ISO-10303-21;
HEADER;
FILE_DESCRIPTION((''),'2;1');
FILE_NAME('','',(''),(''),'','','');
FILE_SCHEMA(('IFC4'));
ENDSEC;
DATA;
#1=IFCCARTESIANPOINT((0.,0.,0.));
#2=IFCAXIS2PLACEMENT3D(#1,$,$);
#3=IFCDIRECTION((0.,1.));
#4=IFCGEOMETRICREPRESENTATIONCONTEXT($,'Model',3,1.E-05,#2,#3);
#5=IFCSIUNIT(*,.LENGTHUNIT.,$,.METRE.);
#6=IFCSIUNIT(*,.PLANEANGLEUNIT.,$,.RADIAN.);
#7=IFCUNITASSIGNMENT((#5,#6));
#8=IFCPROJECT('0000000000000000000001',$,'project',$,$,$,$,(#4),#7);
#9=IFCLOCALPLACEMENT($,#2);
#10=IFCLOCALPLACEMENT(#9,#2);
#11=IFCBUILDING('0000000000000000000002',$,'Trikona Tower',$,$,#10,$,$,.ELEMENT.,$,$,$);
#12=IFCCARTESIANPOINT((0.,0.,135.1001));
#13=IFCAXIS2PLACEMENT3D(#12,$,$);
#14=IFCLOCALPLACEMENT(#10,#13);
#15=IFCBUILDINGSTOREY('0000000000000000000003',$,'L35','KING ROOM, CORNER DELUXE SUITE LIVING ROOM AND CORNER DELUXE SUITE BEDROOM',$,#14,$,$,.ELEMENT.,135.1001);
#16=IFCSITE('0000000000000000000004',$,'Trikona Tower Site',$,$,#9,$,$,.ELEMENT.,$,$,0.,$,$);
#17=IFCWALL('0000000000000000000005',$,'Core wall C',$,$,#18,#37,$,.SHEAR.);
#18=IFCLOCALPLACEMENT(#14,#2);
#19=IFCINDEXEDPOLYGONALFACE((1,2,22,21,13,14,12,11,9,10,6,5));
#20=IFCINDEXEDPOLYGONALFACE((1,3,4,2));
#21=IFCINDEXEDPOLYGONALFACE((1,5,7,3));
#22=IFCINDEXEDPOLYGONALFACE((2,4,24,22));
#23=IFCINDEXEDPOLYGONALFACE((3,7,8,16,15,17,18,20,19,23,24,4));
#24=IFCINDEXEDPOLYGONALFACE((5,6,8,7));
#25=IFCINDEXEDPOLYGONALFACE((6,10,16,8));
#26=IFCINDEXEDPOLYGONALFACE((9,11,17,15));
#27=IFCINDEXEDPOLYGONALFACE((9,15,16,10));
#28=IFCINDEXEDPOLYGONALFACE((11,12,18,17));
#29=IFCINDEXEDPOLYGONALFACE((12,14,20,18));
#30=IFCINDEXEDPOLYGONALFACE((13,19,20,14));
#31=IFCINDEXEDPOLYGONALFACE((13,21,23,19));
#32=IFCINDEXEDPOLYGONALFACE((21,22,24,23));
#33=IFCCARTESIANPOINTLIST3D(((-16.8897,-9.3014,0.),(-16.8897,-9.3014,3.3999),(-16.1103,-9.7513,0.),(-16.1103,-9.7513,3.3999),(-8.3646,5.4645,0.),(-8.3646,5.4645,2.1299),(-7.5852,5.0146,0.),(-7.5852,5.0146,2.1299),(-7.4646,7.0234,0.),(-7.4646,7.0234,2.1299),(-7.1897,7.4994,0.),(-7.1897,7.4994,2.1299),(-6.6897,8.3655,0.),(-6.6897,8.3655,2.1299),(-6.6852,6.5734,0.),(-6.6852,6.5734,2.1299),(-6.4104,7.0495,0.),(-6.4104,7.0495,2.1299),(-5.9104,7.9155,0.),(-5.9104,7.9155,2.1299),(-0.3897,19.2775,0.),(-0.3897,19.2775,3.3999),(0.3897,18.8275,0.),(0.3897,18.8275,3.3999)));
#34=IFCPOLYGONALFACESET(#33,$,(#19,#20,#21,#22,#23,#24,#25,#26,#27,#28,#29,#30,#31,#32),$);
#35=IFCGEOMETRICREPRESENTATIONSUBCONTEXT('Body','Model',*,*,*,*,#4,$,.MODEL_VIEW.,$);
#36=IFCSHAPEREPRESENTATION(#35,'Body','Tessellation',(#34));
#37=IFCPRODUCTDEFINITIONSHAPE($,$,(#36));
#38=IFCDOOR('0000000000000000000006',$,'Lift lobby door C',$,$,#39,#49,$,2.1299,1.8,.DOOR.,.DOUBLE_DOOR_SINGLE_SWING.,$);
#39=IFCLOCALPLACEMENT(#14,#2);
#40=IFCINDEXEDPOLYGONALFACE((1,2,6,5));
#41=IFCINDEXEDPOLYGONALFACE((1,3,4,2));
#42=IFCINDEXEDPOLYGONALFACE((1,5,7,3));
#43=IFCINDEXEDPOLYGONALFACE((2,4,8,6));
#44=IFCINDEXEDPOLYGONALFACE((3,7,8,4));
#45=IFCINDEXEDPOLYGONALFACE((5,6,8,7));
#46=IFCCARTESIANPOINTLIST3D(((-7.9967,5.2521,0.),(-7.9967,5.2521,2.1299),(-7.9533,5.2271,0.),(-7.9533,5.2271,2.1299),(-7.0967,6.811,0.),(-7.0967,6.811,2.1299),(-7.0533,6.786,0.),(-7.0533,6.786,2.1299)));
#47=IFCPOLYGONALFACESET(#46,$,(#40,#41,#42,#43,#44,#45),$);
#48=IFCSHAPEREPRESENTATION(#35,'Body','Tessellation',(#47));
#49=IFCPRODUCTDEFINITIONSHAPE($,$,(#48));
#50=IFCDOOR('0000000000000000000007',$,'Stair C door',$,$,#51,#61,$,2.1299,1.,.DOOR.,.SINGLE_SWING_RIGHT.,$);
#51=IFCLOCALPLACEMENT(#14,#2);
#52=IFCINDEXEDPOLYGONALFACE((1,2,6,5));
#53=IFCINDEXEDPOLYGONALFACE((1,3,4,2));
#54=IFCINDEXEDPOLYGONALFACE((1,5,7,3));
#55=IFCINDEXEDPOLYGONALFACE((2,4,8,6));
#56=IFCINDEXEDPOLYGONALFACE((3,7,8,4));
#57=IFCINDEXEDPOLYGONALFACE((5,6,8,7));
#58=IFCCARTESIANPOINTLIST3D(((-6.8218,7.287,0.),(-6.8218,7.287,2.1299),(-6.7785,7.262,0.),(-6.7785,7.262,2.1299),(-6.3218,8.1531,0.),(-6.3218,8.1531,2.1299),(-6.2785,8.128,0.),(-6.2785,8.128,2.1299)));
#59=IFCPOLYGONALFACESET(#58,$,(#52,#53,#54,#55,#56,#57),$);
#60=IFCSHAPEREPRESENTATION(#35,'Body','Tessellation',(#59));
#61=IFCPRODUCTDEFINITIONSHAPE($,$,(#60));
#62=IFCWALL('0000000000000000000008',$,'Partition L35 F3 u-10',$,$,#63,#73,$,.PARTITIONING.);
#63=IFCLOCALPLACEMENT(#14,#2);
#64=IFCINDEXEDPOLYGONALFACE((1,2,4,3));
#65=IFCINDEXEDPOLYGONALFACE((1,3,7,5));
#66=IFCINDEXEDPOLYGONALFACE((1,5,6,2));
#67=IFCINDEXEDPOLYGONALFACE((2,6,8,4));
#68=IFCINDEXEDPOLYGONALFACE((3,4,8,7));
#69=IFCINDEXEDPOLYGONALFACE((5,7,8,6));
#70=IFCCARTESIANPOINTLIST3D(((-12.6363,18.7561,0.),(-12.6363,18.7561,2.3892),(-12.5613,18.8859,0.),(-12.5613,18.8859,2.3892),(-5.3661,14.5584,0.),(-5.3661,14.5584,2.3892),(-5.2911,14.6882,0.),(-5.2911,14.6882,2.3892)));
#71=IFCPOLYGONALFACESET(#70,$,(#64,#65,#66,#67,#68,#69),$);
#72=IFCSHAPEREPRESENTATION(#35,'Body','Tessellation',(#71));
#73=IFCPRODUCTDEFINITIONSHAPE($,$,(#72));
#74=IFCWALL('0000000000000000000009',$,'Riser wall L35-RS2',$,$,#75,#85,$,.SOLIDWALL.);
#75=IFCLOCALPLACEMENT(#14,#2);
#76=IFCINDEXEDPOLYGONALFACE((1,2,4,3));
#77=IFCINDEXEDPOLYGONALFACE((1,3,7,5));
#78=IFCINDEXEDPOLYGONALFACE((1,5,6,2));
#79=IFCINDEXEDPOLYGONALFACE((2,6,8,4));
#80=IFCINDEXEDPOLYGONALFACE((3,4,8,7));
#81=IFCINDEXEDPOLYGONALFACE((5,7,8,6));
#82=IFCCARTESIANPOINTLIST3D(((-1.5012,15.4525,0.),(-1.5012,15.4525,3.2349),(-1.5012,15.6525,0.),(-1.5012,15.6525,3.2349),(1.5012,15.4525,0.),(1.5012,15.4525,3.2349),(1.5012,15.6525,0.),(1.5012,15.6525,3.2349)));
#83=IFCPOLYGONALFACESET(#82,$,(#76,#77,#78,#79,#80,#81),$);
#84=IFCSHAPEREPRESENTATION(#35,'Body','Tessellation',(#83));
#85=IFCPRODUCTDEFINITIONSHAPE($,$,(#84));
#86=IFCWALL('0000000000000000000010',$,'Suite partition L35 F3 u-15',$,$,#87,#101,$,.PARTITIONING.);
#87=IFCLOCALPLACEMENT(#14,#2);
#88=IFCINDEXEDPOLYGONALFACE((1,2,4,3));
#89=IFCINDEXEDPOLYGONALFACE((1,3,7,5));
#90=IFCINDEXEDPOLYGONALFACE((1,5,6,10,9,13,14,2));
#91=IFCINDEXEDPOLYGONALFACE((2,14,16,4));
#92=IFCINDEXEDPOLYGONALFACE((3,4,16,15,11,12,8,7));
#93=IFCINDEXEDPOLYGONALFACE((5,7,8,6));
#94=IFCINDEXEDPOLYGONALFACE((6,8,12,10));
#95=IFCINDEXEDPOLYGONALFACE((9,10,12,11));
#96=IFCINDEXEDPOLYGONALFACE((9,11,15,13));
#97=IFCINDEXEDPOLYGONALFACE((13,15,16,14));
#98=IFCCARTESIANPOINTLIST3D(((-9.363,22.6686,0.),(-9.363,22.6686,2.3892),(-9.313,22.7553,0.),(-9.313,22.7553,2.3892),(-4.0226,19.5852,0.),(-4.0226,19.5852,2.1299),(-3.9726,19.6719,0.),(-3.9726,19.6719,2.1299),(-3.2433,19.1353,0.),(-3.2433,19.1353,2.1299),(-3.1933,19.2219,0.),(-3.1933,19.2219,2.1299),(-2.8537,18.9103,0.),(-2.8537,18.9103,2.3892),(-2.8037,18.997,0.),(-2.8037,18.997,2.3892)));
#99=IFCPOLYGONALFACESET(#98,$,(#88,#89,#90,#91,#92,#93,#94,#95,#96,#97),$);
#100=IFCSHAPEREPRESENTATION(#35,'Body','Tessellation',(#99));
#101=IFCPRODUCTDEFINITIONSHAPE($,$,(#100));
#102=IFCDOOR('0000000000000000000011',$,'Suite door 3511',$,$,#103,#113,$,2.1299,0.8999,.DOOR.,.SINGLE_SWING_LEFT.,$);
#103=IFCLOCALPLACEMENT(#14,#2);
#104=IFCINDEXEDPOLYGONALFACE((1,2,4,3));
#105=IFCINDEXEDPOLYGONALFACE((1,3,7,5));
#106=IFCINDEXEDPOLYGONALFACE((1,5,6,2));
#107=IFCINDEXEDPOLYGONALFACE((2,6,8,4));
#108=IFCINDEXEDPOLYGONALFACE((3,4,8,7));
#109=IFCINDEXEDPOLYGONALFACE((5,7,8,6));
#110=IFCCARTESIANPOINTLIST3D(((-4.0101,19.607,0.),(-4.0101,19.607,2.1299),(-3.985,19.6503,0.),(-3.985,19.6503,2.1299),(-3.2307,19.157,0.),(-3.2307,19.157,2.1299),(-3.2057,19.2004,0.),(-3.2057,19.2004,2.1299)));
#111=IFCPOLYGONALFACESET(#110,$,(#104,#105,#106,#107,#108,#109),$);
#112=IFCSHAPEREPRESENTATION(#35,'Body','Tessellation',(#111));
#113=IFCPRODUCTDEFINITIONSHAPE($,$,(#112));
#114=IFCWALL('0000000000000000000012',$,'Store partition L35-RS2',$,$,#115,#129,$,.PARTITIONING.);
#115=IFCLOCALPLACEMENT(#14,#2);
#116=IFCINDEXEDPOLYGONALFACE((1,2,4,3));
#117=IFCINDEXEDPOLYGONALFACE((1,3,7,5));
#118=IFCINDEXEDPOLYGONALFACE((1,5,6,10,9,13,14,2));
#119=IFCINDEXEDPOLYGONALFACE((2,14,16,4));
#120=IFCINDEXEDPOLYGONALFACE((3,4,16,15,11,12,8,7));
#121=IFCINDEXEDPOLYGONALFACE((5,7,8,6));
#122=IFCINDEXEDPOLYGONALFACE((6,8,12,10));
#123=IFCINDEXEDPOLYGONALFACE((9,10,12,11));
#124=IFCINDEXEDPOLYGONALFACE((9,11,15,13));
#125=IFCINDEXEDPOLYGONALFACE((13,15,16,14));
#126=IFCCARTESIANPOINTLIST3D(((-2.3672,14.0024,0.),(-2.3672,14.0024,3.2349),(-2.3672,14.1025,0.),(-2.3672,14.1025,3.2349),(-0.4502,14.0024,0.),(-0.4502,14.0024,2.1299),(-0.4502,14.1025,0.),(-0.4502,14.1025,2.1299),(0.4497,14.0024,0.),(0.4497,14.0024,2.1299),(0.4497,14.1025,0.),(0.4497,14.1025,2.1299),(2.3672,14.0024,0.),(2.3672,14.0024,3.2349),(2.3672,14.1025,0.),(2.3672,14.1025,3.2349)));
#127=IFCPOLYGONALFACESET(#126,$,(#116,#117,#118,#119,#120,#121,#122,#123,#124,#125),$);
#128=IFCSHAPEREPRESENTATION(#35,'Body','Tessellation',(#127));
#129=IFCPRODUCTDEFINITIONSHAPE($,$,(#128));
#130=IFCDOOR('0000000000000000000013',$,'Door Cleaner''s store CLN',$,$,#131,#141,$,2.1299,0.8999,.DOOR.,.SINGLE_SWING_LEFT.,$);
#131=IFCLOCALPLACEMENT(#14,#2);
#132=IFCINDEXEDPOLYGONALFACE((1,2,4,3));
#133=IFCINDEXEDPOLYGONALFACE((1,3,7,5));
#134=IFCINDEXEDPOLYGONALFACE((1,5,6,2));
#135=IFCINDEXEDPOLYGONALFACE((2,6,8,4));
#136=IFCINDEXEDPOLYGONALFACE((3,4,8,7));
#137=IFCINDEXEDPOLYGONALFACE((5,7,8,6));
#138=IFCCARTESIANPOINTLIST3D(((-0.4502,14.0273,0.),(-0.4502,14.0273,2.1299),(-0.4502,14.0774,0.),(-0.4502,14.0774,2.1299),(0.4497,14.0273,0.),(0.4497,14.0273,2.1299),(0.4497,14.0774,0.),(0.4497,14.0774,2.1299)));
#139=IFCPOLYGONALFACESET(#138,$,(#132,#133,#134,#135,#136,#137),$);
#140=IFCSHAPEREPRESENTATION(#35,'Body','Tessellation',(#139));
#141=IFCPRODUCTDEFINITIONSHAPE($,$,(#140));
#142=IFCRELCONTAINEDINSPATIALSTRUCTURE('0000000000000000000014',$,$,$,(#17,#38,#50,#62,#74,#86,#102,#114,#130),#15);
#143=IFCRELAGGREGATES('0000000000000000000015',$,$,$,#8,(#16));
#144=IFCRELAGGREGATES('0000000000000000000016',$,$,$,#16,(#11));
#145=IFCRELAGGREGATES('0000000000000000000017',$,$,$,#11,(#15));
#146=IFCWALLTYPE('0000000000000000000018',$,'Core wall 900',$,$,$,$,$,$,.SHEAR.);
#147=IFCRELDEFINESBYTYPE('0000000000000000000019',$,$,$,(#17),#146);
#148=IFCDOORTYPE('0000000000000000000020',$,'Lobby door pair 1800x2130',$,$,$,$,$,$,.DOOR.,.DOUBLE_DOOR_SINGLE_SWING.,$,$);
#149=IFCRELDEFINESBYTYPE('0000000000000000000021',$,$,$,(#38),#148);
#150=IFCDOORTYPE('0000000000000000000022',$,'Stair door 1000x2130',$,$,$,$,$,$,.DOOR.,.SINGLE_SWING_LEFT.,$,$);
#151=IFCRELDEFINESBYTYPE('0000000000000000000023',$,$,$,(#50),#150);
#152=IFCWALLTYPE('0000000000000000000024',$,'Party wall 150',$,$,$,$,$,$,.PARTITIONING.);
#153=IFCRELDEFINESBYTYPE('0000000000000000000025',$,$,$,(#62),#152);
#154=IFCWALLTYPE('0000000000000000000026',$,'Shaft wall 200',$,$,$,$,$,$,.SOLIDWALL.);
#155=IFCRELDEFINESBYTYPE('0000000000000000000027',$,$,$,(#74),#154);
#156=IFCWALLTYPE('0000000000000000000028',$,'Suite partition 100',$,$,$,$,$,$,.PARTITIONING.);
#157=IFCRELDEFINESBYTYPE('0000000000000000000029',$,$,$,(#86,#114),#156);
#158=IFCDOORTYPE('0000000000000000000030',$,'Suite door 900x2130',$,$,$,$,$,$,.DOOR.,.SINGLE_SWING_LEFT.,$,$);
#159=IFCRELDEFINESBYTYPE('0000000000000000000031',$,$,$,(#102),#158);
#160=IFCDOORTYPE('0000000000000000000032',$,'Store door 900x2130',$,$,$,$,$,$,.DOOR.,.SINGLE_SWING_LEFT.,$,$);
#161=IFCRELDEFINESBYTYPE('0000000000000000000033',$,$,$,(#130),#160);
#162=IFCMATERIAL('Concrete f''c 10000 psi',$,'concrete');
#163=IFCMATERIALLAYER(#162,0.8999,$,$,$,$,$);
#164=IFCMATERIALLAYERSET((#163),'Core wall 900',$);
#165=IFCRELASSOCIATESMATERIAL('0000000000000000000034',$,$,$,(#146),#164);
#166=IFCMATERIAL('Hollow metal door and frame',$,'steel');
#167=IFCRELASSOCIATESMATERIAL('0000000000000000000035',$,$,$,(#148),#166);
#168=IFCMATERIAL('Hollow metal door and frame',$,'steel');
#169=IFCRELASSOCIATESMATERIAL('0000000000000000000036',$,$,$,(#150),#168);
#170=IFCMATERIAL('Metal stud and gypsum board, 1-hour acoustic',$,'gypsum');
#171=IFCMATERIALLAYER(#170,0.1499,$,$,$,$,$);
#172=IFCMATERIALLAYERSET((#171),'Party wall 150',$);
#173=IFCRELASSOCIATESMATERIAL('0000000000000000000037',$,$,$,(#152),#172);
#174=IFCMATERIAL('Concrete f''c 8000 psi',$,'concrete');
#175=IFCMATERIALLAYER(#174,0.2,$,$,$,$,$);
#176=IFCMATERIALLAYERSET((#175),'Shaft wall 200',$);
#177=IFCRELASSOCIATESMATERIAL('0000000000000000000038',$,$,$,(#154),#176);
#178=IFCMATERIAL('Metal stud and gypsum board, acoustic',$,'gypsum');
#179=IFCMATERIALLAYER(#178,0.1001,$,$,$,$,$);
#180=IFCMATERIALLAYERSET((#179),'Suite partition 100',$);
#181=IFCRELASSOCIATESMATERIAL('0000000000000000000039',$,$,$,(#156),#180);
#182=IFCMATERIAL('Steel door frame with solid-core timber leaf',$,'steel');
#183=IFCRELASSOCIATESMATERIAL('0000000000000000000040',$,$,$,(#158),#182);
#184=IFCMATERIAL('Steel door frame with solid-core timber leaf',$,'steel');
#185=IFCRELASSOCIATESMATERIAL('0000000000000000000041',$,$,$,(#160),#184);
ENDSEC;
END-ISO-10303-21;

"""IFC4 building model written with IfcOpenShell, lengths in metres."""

from ifc_helpers import new_model, si_unit, direction, frame, frame_2d, origin, place, context, subcontext, project, spatial, rectangle, extrude, material, layer, layer_set, type_object, element, fill, save


model = new_model("IFC4")

# Units and contexts
model_context = context("Model", 3, precision=1e-05, world=origin(), true_north=direction((0.0, 1.0)))
body_context = subcontext(model_context, "Body", "Model", "MODEL_VIEW")
ifc_project = project(units=[si_unit("LENGTHUNIT", "METRE"), si_unit("PLANEANGLEUNIT", "RADIAN")], contexts=[model_context])

# Site, building, storey
site_placement = place(None, origin())
site = spatial("IfcSite", under=ifc_project, at=site_placement, Name="Trikona Tower Site", CompositionType="ELEMENT", RefElevation=0.0)
building_placement = place(site_placement, origin())
building = spatial("IfcBuilding", under=site, at=building_placement, Name="Trikona Tower", CompositionType="ELEMENT")
storey_placement = place(building_placement, frame((0.0, 0.0, 135.1001)))
storey = spatial("IfcBuildingStorey", under=building, at=storey_placement, Name="L35", Description="KING ROOM, CORNER DELUXE SUITE LIVING ROOM AND CORNER DELUXE SUITE BEDROOM", CompositionType="ELEMENT", Elevation=135.1001)

# Wall, openings, doors
ifc_material_1 = material(Name="Concrete f'c 10000 psi", Category="concrete")
ifc_layer_1 = layer(ifc_material_1, 0.8999)
ifc_layer_set_1 = layer_set([ifc_layer_1], Name="Core wall 900")
wall_type_1 = type_object("IfcWallType", Name="Core wall 900", PredefinedType="SHEAR", material=ifc_layer_set_1)
wall_1_placement = place(storey_placement, frame((0.0, 19.0525, 0.0), z_axis=(0.0, 0.0, 1.0), x_axis=(-0.5, -0.866026, 0.0)))
wall_1 = element("IfcWall", 1, at=wall_1_placement, inside=storey, type_object=wall_type_1, Name="Core wall C", PredefinedType="SHEAR", context=body_context, shape_type="SweptSolid", body=[
    extrude(rectangle(XDim=33.0, YDim=0.8999, at=frame_2d((16.5, 0.0))), origin(), (0.0, 0.0, 1.0), 3.3999),
])
opening_1_placement = place(wall_1_placement, frame((14.1499, 0.0, 0.0)))
opening_1 = element("IfcOpeningElement", 2, at=opening_1_placement, cuts=wall_1, PredefinedType="OPENING", context=body_context, shape_type="SweptSolid", body=[
    extrude(rectangle(XDim=1.8, YDim=2.1299, at=frame_2d((0.8999, 1.0649))), frame((0.0, 0.46, 0.0), z_axis=(0.0, -1.0, 0.0), x_axis=(1.0, 0.0, 0.0)), (0.0, 0.0, 1.0), 0.9199),
])
opening_2_placement = place(wall_1_placement, frame((12.6001, 0.0, 0.0)))
opening_2 = element("IfcOpeningElement", 3, at=opening_2_placement, cuts=wall_1, PredefinedType="OPENING", context=body_context, shape_type="SweptSolid", body=[
    extrude(rectangle(XDim=1.0, YDim=2.1299, at=frame_2d((0.5, 1.0649))), frame((0.0, 0.46, 0.0), z_axis=(0.0, -1.0, 0.0), x_axis=(1.0, 0.0, 0.0)), (0.0, 0.0, 1.0), 0.9199),
])
ifc_material_2 = material(Name="Hollow metal door and frame", Category="steel")
door_type_1 = type_object("IfcDoorType", Name="Lobby door pair 1800x2130", OperationType="DOUBLE_DOOR_SINGLE_SWING", PredefinedType="DOOR", material=ifc_material_2)
door_1_placement = place(opening_1_placement, origin())
door_1 = element("IfcDoor", 4, at=door_1_placement, inside=storey, type_object=door_type_1, Name="Lift lobby door C", OperationType="DOUBLE_DOOR_SINGLE_SWING", OverallHeight=2.1299, OverallWidth=1.8, PredefinedType="DOOR", context=body_context, shape_type="SweptSolid", body=[
    extrude(rectangle(XDim=1.8, YDim=2.1299, at=frame_2d((0.8999, 1.0649))), frame((0.0, 0.0249, 0.0), z_axis=(0.0, -1.0, 0.0), x_axis=(1.0, 0.0, 0.0)), (0.0, 0.0, 1.0), 0.05),
])
fill(opening_1, door_1)
ifc_material_3 = material(Name="Hollow metal door and frame", Category="steel")
door_type_2 = type_object("IfcDoorType", Name="Stair door 1000x2130", OperationType="SINGLE_SWING_LEFT", PredefinedType="DOOR", material=ifc_material_3)
door_2_placement = place(opening_2_placement, origin())
door_2 = element("IfcDoor", 5, at=door_2_placement, inside=storey, type_object=door_type_2, Name="Stair C door", OperationType="SINGLE_SWING_RIGHT", OverallHeight=2.1299, OverallWidth=1.0, PredefinedType="DOOR", context=body_context, shape_type="SweptSolid", body=[
    extrude(rectangle(XDim=1.0, YDim=2.1299, at=frame_2d((0.5, 1.0649))), frame((0.0, 0.0249, 0.0), z_axis=(0.0, -1.0, 0.0), x_axis=(1.0, 0.0, 0.0)), (0.0, 0.0, 1.0), 0.05),
])
fill(opening_2, door_2)

# Walls
ifc_material_4 = material(Name="Metal stud and gypsum board, 1-hour acoustic", Category="gypsum")
ifc_layer_2 = layer(ifc_material_4, 0.1499)
ifc_layer_set_2 = layer_set([ifc_layer_2], Name="Party wall 150")
wall_type_2 = type_object("IfcWallType", Name="Party wall 150", PredefinedType="PARTITIONING", material=ifc_layer_set_2)
wall_2_placement = place(storey_placement, frame((-5.3286, 14.6233, 0.0), z_axis=(0.0, 0.0, 1.0), x_axis=(-0.866012, 0.500024, 0.0)))
element("IfcWall", 6, at=wall_2_placement, inside=storey, type_object=wall_type_2, Name="Partition L35 F3 u-10", PredefinedType="PARTITIONING", context=body_context, shape_type="SweptSolid", body=[
    extrude(rectangle(XDim=8.395, YDim=0.1499, at=frame_2d((4.1975, 0.0))), origin(), (0.0, 0.0, 1.0), 2.3892),
])
ifc_material_5 = material(Name="Concrete f'c 8000 psi", Category="concrete")
ifc_layer_3 = layer(ifc_material_5, 0.2)
ifc_layer_set_3 = layer_set([ifc_layer_3], Name="Shaft wall 200")
wall_type_3 = type_object("IfcWallType", Name="Shaft wall 200", PredefinedType="SOLIDWALL", material=ifc_layer_set_3)
wall_3_placement = place(storey_placement, frame((-1.5012, 15.5525, 0.0), z_axis=(0.0, 0.0, 1.0), x_axis=(1.0, 0.0, 0.0)))
element("IfcWall", 7, at=wall_3_placement, inside=storey, type_object=wall_type_3, Name="Riser wall L35-RS2", PredefinedType="SOLIDWALL", context=body_context, shape_type="SweptSolid", body=[
    extrude(rectangle(XDim=3.0024, YDim=0.2, at=frame_2d((1.5012, 0.0))), origin(), (0.0, 0.0, 1.0), 3.2349),
])

# Walls, openings, doors
ifc_material_6 = material(Name="Metal stud and gypsum board, acoustic", Category="gypsum")
ifc_layer_4 = layer(ifc_material_6, 0.1001)
ifc_layer_set_4 = layer_set([ifc_layer_4], Name="Suite partition 100")
wall_type_4 = type_object("IfcWallType", Name="Suite partition 100", PredefinedType="PARTITIONING", material=ifc_layer_set_4)
wall_4_placement = place(storey_placement, frame((-2.8286, 18.9536, 0.0), z_axis=(0.0, 0.0, 1.0), x_axis=(-0.866016, 0.500017, 0.0)))
wall_4 = element("IfcWall", 8, at=wall_4_placement, inside=storey, type_object=wall_type_4, Name="Suite partition L35 F3 u-15", PredefinedType="PARTITIONING", context=body_context, shape_type="SweptSolid", body=[
    extrude(rectangle(XDim=7.5164, YDim=0.1001, at=frame_2d((3.7583, 0.0))), origin(), (0.0, 0.0, 1.0), 2.3892),
])
opening_3_placement = place(wall_4_placement, frame((0.45, 0.0, 0.0)))
opening_3 = element("IfcOpeningElement", 9, at=opening_3_placement, cuts=wall_4, PredefinedType="OPENING", context=body_context, shape_type="SweptSolid", body=[
    extrude(rectangle(XDim=0.8999, YDim=2.1299, at=frame_2d((0.45, 1.0649))), frame((0.0, 0.0601, 0.0), z_axis=(0.0, -1.0, 0.0), x_axis=(1.0, 0.0, 0.0)), (0.0, 0.0, 1.0), 0.1201),
])
ifc_material_7 = material(Name="Steel door frame with solid-core timber leaf", Category="steel")
door_type_3 = type_object("IfcDoorType", Name="Suite door 900x2130", OperationType="SINGLE_SWING_LEFT", PredefinedType="DOOR", material=ifc_material_7)
door_3_placement = place(opening_3_placement, origin())
door_3 = element("IfcDoor", 10, at=door_3_placement, inside=storey, type_object=door_type_3, Name="Suite door 3511", OperationType="SINGLE_SWING_LEFT", OverallHeight=2.1299, OverallWidth=0.8999, PredefinedType="DOOR", context=body_context, shape_type="SweptSolid", body=[
    extrude(rectangle(XDim=0.8999, YDim=2.1299, at=frame_2d((0.45, 1.0649))), frame((0.0, 0.0249, 0.0), z_axis=(0.0, -1.0, 0.0), x_axis=(1.0, 0.0, 0.0)), (0.0, 0.0, 1.0), 0.05),
])
fill(opening_3, door_3)
wall_5_placement = place(storey_placement, frame((-2.3672, 14.0525, 0.0), z_axis=(0.0, 0.0, 1.0), x_axis=(1.0, 0.0, 0.0)))
wall_5 = element("IfcWall", 11, at=wall_5_placement, inside=storey, type_object=wall_type_4, Name="Store partition L35-RS2", PredefinedType="PARTITIONING", context=body_context, shape_type="SweptSolid", body=[
    extrude(rectangle(XDim=4.7344, YDim=0.1001, at=frame_2d((2.3672, 0.0))), origin(), (0.0, 0.0, 1.0), 3.2349),
])
opening_4_placement = place(wall_5_placement, frame((1.917, 0.0, 0.0)))
opening_4 = element("IfcOpeningElement", 12, at=opening_4_placement, cuts=wall_5, PredefinedType="OPENING", context=body_context, shape_type="SweptSolid", body=[
    extrude(rectangle(XDim=0.8999, YDim=2.1299, at=frame_2d((0.45, 1.0649))), frame((0.0, 0.0601, 0.0), z_axis=(0.0, -1.0, 0.0), x_axis=(1.0, 0.0, 0.0)), (0.0, 0.0, 1.0), 0.1201),
])
ifc_material_8 = material(Name="Steel door frame with solid-core timber leaf", Category="steel")
door_type_4 = type_object("IfcDoorType", Name="Store door 900x2130", OperationType="SINGLE_SWING_LEFT", PredefinedType="DOOR", material=ifc_material_8)
door_4_placement = place(opening_4_placement, origin())
door_4 = element("IfcDoor", 13, at=door_4_placement, inside=storey, type_object=door_type_4, Name="Door Cleaner's store CLN", OperationType="SINGLE_SWING_LEFT", OverallHeight=2.1299, OverallWidth=0.8999, PredefinedType="DOOR", context=body_context, shape_type="SweptSolid", body=[
    extrude(rectangle(XDim=0.8999, YDim=2.1299, at=frame_2d((0.45, 1.0649))), frame((0.0, 0.0249, 0.0), z_axis=(0.0, -1.0, 0.0), x_axis=(1.0, 0.0, 0.0)), (0.0, 0.0, 1.0), 0.05),
])
fill(opening_4, door_4)

save(model, "model.ifc")
